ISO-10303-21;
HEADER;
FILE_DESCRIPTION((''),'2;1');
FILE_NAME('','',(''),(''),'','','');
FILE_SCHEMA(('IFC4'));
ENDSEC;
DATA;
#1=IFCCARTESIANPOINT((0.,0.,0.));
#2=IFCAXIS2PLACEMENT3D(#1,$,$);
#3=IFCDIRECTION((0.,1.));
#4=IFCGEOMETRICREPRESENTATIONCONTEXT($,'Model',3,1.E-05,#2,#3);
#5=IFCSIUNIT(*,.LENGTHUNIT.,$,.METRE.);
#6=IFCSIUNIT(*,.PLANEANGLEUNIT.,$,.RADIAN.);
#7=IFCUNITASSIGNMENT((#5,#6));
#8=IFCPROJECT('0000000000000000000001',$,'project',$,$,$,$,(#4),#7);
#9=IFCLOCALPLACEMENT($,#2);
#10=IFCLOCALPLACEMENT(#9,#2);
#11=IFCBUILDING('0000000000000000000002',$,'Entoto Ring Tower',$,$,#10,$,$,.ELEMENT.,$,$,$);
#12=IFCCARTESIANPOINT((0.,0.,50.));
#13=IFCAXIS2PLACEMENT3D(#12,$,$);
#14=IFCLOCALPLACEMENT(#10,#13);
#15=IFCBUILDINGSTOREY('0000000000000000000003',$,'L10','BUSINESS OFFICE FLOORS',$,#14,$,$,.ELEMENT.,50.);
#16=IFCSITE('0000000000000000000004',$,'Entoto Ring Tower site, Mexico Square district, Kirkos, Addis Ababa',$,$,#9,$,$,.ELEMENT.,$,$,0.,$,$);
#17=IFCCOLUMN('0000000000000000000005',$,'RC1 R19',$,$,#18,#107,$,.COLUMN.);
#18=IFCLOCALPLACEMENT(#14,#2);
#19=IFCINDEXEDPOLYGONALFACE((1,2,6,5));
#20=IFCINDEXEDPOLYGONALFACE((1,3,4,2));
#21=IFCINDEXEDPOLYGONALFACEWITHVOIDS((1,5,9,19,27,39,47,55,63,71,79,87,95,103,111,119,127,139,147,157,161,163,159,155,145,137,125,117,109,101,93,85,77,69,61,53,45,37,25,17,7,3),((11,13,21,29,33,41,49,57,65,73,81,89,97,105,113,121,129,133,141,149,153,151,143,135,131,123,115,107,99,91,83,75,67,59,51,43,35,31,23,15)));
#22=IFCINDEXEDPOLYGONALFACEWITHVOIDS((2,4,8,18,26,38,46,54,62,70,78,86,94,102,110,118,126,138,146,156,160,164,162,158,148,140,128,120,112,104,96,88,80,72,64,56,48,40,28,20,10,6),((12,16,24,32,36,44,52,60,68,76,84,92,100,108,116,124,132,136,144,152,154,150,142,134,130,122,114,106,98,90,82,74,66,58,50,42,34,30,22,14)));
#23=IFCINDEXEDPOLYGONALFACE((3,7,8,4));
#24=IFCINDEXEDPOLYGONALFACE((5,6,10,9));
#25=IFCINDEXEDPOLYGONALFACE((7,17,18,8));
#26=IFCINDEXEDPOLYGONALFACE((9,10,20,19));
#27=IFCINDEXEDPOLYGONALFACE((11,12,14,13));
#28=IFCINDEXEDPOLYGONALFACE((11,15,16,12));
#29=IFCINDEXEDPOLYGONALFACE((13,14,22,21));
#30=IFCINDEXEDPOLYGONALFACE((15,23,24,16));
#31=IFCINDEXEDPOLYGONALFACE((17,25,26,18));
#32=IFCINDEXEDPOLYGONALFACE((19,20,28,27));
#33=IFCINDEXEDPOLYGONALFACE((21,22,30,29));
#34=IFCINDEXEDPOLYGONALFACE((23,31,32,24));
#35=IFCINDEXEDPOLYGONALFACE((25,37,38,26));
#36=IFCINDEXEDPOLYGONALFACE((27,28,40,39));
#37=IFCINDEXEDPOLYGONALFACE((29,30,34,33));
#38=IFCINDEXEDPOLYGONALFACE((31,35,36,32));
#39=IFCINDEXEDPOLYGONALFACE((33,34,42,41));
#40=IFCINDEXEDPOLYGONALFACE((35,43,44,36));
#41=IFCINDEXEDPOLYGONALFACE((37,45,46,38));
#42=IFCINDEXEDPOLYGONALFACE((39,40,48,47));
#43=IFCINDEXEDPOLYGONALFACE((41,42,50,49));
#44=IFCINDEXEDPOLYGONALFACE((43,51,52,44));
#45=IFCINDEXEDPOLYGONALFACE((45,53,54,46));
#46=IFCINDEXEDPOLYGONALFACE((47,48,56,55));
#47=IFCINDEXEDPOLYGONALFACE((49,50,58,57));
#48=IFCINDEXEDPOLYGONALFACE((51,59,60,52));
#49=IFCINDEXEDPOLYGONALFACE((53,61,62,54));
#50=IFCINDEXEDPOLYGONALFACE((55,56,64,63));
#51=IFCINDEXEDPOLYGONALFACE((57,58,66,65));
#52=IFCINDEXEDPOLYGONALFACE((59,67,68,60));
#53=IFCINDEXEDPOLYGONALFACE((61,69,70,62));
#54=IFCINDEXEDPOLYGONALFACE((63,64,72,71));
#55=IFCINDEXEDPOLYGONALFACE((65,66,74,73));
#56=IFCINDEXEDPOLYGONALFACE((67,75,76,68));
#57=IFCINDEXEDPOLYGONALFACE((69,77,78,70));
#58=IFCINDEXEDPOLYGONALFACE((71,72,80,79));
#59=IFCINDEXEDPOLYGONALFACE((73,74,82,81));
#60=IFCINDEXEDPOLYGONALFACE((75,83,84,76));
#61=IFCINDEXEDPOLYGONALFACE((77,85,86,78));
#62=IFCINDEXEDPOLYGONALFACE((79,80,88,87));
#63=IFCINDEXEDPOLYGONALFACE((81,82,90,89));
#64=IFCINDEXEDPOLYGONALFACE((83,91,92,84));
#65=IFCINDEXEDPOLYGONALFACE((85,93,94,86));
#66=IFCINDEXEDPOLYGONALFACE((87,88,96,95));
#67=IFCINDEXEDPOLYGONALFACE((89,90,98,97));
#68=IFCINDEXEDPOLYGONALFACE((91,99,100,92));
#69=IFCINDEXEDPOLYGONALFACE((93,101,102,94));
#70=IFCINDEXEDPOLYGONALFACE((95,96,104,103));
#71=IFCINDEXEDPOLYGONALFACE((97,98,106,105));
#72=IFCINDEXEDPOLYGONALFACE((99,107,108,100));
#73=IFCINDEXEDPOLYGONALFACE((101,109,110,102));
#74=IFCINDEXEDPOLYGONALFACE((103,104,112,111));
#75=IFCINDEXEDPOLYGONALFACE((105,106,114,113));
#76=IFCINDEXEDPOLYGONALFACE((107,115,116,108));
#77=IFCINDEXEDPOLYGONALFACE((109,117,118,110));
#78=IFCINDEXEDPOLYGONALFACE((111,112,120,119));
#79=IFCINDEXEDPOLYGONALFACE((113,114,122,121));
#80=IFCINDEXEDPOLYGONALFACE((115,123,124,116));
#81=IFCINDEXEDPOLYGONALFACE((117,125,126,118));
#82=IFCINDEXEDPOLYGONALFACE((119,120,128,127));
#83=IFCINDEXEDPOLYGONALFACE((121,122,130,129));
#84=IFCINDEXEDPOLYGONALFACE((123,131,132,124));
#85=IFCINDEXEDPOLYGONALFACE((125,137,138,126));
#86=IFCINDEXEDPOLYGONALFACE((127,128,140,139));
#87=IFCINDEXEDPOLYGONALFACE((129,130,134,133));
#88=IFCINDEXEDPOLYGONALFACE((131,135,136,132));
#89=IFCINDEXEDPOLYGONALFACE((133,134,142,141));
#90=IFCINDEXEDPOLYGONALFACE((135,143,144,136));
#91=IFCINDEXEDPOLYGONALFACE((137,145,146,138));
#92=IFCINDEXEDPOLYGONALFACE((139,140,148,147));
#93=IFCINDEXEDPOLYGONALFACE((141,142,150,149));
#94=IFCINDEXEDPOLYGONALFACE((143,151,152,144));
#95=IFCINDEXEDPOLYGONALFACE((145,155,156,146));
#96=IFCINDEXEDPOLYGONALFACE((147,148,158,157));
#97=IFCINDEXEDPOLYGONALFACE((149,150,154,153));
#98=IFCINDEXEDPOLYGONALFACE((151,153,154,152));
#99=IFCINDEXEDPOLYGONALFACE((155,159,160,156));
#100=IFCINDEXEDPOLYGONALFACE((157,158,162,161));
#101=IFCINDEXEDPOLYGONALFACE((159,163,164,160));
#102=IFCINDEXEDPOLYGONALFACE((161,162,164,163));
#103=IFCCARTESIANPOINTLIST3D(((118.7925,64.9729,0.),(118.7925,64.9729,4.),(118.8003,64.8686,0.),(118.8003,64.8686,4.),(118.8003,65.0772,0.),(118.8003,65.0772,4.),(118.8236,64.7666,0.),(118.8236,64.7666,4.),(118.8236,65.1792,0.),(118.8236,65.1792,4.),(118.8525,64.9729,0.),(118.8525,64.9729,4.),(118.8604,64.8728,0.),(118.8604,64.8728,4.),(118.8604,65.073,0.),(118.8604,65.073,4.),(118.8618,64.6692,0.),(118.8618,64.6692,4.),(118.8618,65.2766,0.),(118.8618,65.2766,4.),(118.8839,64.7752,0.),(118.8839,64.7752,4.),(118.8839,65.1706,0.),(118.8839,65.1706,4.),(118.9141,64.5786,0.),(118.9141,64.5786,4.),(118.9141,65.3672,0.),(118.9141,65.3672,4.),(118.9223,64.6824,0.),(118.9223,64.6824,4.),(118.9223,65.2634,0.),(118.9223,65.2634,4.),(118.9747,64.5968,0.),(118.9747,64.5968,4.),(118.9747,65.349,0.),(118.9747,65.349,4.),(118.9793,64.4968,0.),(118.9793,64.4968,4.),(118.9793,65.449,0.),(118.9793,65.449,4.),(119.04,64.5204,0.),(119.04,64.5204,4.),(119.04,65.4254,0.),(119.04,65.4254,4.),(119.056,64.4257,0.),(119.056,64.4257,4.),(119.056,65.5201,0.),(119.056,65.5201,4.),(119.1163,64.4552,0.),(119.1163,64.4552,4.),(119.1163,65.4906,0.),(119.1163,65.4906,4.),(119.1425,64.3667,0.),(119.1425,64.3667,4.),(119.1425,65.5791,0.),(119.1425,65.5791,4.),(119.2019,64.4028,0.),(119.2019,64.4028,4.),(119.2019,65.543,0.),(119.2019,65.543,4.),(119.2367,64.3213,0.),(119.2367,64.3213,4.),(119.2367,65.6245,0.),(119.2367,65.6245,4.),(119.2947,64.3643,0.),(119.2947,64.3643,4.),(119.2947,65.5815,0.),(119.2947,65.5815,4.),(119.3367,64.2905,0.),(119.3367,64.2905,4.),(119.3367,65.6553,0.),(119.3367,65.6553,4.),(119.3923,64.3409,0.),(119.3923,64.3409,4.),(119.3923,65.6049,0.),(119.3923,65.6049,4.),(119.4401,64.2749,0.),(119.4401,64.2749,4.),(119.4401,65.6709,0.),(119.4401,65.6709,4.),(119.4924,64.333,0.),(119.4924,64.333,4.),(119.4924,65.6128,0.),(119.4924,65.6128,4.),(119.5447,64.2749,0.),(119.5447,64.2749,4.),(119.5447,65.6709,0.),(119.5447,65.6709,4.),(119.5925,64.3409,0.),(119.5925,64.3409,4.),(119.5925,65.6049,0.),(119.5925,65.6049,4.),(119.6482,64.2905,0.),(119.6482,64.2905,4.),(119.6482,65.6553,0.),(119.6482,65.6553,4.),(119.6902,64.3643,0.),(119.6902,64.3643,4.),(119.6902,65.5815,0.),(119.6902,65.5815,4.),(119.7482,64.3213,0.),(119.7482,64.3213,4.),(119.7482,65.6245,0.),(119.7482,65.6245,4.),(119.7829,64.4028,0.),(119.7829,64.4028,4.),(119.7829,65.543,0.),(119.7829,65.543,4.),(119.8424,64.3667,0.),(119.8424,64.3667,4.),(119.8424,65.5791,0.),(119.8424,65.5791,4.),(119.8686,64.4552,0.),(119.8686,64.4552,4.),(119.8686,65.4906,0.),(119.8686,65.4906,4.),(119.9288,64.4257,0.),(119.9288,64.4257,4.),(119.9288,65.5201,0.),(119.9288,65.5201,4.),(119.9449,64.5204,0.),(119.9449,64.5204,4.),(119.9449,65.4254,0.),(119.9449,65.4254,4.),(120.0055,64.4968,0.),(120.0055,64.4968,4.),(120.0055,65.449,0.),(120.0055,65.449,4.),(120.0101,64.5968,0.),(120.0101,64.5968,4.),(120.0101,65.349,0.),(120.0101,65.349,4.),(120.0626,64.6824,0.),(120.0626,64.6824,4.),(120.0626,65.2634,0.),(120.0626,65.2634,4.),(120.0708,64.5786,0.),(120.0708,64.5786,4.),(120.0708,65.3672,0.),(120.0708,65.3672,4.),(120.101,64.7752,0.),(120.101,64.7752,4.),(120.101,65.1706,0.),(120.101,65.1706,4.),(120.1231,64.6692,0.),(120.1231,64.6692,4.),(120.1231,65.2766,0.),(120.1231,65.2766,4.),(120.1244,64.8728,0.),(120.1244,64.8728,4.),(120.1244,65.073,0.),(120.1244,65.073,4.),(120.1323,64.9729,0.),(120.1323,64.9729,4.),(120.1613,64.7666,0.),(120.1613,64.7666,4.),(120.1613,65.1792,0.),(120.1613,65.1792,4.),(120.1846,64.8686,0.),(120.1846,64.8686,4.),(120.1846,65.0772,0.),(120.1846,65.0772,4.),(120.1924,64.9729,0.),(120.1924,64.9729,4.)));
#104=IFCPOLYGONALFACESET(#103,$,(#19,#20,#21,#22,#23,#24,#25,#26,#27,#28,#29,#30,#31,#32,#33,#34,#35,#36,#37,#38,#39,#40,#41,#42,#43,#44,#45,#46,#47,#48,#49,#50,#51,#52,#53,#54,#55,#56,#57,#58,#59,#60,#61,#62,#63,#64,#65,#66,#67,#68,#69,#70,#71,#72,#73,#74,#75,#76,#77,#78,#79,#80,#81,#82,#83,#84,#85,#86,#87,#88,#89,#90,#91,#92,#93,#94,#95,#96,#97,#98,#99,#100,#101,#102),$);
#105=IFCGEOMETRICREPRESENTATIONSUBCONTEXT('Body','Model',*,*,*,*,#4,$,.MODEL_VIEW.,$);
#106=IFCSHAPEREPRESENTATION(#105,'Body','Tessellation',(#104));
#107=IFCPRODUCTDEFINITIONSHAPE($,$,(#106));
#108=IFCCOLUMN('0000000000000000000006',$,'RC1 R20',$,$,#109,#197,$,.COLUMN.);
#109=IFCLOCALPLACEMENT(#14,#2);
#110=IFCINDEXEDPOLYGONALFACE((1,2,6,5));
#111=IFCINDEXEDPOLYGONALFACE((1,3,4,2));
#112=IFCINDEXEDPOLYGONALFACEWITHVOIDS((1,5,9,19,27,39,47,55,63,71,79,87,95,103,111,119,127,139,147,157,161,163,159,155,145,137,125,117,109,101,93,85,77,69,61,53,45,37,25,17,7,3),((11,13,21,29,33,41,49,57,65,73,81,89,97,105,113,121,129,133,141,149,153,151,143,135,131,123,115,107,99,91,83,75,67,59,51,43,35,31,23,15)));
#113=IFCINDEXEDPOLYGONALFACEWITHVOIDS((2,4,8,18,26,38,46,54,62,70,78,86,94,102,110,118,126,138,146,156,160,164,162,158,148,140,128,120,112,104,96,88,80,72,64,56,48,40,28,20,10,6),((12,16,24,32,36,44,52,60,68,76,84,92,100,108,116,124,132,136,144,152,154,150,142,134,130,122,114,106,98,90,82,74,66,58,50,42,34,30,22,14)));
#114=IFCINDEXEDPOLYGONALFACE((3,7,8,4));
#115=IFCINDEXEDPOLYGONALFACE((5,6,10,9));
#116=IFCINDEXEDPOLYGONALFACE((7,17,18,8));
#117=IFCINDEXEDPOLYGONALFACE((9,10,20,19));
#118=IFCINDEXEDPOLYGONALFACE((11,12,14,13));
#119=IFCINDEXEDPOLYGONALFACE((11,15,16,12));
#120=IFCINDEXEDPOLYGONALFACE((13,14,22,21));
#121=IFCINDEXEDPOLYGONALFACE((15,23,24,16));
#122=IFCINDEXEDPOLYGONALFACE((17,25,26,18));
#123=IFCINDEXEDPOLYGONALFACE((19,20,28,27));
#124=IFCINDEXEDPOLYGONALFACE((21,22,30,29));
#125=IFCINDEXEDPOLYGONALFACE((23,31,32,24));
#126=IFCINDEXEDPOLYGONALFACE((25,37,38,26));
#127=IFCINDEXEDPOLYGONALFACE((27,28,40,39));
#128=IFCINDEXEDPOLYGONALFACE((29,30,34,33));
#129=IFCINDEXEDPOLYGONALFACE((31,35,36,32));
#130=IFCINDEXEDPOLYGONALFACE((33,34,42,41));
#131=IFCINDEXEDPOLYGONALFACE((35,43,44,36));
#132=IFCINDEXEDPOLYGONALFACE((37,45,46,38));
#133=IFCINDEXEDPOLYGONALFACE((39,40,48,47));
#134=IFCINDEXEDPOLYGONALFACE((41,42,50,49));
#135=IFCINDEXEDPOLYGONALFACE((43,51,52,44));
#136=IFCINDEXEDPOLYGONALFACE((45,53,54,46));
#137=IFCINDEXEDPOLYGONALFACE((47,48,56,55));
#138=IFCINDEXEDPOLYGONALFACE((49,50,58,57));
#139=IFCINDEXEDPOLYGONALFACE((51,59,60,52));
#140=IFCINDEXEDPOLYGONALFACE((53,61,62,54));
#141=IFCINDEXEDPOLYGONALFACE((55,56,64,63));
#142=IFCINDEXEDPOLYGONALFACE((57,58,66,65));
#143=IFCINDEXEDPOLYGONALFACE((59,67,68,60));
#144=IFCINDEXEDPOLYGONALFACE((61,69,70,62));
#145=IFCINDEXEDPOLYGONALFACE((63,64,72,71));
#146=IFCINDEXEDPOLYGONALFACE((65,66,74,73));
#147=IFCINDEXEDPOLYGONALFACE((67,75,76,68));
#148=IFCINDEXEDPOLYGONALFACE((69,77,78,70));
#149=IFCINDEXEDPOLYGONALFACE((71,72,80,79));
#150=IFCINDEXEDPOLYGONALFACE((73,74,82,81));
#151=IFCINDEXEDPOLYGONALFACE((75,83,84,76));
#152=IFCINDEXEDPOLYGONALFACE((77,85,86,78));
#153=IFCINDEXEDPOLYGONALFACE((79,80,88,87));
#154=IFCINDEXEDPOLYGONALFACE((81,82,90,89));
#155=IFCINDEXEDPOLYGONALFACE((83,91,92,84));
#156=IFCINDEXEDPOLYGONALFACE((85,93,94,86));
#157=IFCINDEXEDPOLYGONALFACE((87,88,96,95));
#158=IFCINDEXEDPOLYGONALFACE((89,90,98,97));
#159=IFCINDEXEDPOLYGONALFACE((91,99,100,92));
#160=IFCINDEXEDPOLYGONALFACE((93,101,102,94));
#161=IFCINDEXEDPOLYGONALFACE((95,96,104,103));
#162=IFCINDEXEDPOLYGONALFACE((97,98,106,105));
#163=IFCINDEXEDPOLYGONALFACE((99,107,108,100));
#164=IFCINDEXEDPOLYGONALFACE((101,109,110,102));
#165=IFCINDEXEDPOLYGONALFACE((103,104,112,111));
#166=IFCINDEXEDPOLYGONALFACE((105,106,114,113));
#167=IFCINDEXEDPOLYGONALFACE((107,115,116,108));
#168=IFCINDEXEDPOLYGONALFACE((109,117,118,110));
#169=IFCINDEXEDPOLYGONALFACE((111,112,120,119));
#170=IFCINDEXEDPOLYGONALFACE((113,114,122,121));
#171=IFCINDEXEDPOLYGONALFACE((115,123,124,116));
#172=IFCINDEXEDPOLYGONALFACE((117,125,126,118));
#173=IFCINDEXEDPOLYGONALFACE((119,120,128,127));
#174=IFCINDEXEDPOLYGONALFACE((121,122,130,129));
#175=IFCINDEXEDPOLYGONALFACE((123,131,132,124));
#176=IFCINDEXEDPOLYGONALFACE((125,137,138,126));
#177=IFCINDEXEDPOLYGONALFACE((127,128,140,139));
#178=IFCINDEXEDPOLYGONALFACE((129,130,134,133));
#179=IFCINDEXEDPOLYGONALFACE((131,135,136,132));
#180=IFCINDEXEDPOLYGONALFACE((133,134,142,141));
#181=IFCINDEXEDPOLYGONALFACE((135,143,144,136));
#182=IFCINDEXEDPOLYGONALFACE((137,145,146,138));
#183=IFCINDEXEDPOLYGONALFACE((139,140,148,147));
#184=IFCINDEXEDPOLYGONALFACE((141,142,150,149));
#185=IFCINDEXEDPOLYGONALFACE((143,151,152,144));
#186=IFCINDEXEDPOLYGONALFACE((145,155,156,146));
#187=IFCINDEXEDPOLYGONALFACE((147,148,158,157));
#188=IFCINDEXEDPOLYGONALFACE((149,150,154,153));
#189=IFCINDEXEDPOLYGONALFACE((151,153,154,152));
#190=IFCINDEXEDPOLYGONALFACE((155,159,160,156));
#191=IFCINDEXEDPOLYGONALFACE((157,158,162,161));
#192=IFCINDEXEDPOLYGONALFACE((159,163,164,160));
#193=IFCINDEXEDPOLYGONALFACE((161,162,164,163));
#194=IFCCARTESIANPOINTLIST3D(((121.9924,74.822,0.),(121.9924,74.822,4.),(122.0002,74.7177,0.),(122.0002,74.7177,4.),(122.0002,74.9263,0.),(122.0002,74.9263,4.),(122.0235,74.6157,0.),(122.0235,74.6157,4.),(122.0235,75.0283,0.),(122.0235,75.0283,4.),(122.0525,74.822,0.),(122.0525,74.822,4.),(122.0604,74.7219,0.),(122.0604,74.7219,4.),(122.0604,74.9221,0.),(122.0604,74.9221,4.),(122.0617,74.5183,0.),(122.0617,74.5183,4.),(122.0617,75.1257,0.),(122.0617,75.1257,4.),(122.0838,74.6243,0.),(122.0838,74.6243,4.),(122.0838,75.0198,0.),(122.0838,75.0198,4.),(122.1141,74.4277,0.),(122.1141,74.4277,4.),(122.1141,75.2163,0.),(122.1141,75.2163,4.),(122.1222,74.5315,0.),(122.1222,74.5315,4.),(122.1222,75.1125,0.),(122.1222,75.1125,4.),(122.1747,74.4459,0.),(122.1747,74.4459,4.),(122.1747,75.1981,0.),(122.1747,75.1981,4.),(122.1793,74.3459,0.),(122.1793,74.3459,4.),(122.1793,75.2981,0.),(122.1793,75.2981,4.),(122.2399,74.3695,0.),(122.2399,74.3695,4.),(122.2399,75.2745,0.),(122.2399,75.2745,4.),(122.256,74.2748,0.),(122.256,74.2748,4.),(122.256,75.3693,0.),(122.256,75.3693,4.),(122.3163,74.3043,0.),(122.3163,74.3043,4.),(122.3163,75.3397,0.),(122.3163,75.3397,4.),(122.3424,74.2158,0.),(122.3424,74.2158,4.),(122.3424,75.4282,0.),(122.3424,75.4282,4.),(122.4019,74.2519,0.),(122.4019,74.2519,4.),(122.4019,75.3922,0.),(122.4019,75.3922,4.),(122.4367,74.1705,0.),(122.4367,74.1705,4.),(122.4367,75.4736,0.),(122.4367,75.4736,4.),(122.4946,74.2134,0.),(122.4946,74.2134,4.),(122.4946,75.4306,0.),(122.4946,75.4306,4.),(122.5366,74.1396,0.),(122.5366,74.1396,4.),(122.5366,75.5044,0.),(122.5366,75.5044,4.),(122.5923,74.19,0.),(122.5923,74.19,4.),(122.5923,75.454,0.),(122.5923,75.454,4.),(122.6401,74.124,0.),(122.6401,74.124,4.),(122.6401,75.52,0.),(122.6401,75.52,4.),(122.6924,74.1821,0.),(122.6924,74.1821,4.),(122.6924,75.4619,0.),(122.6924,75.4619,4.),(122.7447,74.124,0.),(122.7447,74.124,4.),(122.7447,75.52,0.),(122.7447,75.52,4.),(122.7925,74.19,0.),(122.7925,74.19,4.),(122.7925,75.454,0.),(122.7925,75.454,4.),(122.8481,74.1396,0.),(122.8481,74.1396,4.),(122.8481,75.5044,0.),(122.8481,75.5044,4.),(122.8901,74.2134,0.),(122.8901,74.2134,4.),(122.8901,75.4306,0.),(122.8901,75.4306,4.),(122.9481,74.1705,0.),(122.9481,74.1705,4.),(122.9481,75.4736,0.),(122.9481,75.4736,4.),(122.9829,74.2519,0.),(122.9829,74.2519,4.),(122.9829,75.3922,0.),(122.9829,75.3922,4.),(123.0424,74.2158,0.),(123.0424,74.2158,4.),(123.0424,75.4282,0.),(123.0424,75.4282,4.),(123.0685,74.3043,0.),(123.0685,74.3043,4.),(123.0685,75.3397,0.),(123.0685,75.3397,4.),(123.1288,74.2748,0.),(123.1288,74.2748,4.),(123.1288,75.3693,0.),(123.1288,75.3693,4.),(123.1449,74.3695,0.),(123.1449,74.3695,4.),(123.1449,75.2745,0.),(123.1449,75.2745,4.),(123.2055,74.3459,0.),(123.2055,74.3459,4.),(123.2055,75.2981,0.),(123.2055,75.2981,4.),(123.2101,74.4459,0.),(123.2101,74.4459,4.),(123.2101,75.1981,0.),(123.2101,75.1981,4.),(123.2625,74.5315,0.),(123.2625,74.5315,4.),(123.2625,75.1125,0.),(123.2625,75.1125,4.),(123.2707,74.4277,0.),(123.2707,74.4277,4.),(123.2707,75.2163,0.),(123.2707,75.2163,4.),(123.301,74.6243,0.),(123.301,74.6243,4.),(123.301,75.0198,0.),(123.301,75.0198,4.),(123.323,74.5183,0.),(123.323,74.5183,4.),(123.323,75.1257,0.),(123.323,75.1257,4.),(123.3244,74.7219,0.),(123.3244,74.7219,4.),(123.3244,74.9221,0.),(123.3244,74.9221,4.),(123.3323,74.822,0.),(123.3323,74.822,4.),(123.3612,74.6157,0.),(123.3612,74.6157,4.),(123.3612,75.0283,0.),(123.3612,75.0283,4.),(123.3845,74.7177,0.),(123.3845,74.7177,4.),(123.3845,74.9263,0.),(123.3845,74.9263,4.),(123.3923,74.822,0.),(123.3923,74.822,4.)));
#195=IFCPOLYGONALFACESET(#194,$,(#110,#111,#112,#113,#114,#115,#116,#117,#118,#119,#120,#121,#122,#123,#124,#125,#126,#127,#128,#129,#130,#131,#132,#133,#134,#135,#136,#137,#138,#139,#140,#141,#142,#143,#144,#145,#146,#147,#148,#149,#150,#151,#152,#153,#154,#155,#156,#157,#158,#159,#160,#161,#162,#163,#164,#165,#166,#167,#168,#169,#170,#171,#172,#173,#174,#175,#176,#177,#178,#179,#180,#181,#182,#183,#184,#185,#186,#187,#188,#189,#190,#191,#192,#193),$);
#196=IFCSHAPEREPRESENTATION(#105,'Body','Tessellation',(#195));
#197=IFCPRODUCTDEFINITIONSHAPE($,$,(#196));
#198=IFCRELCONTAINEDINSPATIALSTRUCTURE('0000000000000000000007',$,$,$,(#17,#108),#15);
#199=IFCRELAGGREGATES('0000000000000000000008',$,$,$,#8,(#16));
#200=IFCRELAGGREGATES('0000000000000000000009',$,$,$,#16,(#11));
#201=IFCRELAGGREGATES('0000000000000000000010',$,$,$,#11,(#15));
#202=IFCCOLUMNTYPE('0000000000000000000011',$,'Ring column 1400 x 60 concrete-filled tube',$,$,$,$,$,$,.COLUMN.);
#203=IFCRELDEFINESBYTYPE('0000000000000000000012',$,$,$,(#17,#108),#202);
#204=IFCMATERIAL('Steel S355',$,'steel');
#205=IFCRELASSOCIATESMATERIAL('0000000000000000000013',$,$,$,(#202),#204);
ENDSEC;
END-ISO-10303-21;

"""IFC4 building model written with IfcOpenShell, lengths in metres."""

from ifc_helpers import new_model, si_unit, direction, frame, origin, origin_2d, place, context, subcontext, project, spatial, circle, hollow_circle, extrude, material, material_profile, profile_set, type_object, element, save


model = new_model("IFC4")

# Units and contexts
model_context = context("Model", 3, precision=1e-05, world=origin(), true_north=direction((0.0, 1.0)))
body_context = subcontext(model_context, "Body", "Model", "MODEL_VIEW")
ifc_project = project(units=[si_unit("LENGTHUNIT", "METRE"), si_unit("PLANEANGLEUNIT", "RADIAN")], contexts=[model_context])

# Site, building, storey
site_placement = place(None, origin())
site = spatial("IfcSite", under=ifc_project, at=site_placement, Name="Entoto Ring Tower site, Mexico Square district, Kirkos, Addis Ababa", CompositionType="ELEMENT", RefElevation=0.0)
building_placement = place(site_placement, origin())
building = spatial("IfcBuilding", under=site, at=building_placement, Name="Entoto Ring Tower", CompositionType="ELEMENT")
storey_placement = place(building_placement, frame((0.0, 0.0, 50.0)))
storey = spatial("IfcBuildingStorey", under=building, at=storey_placement, Name="L10", Description="BUSINESS OFFICE FLOORS", CompositionType="ELEMENT", Elevation=50.0)

# Columns
ifc_material_1 = material(Name="Steel S355", Category="steel")
ifc_material_profile_1 = material_profile(ifc_material_1, hollow_circle(Radius=0.7, WallThickness=0.0601, at=origin_2d()), Name="CHS 1400 x 60")
ifc_material_2 = material(Name="Concrete C60/75", Category="concrete")
ifc_material_profile_2 = material_profile(ifc_material_2, circle(Radius=0.6399, at=origin_2d()), Name="Concrete C60/75 infill")
ifc_profile_set_1 = profile_set([ifc_material_profile_1, ifc_material_profile_2], Name="Steel S355")
column_type = type_object("IfcColumnType", Name="Ring column 1400 x 60 concrete-filled tube", PredefinedType="COLUMN", material=ifc_profile_set_1)
for number, where, z_axis, x_axis, name in (
    (1, (119.4924, 64.9729, 0.0), (0.0, 0.0, 1.0), (1.0, 0.0, 0.0), "RC1 R19"),
    (2, (122.6924, 74.822, 0.0), (0.0, 0.0, 1.0), (1.0, 0.0, 0.0), "RC1 R20"),
):
    element("IfcColumn", number, at=place(storey_placement, frame(where, z_axis=z_axis, x_axis=x_axis)), inside=storey, type_object=column_type, Name=name, PredefinedType="COLUMN", context=body_context, shape_type="SweptSolid", body=[
        extrude(hollow_circle(Radius=0.7, WallThickness=0.0601, at=origin_2d()), origin(), (0.0, 0.0, 1.0), 4.0),
    ])

save(model, "model.ifc")
